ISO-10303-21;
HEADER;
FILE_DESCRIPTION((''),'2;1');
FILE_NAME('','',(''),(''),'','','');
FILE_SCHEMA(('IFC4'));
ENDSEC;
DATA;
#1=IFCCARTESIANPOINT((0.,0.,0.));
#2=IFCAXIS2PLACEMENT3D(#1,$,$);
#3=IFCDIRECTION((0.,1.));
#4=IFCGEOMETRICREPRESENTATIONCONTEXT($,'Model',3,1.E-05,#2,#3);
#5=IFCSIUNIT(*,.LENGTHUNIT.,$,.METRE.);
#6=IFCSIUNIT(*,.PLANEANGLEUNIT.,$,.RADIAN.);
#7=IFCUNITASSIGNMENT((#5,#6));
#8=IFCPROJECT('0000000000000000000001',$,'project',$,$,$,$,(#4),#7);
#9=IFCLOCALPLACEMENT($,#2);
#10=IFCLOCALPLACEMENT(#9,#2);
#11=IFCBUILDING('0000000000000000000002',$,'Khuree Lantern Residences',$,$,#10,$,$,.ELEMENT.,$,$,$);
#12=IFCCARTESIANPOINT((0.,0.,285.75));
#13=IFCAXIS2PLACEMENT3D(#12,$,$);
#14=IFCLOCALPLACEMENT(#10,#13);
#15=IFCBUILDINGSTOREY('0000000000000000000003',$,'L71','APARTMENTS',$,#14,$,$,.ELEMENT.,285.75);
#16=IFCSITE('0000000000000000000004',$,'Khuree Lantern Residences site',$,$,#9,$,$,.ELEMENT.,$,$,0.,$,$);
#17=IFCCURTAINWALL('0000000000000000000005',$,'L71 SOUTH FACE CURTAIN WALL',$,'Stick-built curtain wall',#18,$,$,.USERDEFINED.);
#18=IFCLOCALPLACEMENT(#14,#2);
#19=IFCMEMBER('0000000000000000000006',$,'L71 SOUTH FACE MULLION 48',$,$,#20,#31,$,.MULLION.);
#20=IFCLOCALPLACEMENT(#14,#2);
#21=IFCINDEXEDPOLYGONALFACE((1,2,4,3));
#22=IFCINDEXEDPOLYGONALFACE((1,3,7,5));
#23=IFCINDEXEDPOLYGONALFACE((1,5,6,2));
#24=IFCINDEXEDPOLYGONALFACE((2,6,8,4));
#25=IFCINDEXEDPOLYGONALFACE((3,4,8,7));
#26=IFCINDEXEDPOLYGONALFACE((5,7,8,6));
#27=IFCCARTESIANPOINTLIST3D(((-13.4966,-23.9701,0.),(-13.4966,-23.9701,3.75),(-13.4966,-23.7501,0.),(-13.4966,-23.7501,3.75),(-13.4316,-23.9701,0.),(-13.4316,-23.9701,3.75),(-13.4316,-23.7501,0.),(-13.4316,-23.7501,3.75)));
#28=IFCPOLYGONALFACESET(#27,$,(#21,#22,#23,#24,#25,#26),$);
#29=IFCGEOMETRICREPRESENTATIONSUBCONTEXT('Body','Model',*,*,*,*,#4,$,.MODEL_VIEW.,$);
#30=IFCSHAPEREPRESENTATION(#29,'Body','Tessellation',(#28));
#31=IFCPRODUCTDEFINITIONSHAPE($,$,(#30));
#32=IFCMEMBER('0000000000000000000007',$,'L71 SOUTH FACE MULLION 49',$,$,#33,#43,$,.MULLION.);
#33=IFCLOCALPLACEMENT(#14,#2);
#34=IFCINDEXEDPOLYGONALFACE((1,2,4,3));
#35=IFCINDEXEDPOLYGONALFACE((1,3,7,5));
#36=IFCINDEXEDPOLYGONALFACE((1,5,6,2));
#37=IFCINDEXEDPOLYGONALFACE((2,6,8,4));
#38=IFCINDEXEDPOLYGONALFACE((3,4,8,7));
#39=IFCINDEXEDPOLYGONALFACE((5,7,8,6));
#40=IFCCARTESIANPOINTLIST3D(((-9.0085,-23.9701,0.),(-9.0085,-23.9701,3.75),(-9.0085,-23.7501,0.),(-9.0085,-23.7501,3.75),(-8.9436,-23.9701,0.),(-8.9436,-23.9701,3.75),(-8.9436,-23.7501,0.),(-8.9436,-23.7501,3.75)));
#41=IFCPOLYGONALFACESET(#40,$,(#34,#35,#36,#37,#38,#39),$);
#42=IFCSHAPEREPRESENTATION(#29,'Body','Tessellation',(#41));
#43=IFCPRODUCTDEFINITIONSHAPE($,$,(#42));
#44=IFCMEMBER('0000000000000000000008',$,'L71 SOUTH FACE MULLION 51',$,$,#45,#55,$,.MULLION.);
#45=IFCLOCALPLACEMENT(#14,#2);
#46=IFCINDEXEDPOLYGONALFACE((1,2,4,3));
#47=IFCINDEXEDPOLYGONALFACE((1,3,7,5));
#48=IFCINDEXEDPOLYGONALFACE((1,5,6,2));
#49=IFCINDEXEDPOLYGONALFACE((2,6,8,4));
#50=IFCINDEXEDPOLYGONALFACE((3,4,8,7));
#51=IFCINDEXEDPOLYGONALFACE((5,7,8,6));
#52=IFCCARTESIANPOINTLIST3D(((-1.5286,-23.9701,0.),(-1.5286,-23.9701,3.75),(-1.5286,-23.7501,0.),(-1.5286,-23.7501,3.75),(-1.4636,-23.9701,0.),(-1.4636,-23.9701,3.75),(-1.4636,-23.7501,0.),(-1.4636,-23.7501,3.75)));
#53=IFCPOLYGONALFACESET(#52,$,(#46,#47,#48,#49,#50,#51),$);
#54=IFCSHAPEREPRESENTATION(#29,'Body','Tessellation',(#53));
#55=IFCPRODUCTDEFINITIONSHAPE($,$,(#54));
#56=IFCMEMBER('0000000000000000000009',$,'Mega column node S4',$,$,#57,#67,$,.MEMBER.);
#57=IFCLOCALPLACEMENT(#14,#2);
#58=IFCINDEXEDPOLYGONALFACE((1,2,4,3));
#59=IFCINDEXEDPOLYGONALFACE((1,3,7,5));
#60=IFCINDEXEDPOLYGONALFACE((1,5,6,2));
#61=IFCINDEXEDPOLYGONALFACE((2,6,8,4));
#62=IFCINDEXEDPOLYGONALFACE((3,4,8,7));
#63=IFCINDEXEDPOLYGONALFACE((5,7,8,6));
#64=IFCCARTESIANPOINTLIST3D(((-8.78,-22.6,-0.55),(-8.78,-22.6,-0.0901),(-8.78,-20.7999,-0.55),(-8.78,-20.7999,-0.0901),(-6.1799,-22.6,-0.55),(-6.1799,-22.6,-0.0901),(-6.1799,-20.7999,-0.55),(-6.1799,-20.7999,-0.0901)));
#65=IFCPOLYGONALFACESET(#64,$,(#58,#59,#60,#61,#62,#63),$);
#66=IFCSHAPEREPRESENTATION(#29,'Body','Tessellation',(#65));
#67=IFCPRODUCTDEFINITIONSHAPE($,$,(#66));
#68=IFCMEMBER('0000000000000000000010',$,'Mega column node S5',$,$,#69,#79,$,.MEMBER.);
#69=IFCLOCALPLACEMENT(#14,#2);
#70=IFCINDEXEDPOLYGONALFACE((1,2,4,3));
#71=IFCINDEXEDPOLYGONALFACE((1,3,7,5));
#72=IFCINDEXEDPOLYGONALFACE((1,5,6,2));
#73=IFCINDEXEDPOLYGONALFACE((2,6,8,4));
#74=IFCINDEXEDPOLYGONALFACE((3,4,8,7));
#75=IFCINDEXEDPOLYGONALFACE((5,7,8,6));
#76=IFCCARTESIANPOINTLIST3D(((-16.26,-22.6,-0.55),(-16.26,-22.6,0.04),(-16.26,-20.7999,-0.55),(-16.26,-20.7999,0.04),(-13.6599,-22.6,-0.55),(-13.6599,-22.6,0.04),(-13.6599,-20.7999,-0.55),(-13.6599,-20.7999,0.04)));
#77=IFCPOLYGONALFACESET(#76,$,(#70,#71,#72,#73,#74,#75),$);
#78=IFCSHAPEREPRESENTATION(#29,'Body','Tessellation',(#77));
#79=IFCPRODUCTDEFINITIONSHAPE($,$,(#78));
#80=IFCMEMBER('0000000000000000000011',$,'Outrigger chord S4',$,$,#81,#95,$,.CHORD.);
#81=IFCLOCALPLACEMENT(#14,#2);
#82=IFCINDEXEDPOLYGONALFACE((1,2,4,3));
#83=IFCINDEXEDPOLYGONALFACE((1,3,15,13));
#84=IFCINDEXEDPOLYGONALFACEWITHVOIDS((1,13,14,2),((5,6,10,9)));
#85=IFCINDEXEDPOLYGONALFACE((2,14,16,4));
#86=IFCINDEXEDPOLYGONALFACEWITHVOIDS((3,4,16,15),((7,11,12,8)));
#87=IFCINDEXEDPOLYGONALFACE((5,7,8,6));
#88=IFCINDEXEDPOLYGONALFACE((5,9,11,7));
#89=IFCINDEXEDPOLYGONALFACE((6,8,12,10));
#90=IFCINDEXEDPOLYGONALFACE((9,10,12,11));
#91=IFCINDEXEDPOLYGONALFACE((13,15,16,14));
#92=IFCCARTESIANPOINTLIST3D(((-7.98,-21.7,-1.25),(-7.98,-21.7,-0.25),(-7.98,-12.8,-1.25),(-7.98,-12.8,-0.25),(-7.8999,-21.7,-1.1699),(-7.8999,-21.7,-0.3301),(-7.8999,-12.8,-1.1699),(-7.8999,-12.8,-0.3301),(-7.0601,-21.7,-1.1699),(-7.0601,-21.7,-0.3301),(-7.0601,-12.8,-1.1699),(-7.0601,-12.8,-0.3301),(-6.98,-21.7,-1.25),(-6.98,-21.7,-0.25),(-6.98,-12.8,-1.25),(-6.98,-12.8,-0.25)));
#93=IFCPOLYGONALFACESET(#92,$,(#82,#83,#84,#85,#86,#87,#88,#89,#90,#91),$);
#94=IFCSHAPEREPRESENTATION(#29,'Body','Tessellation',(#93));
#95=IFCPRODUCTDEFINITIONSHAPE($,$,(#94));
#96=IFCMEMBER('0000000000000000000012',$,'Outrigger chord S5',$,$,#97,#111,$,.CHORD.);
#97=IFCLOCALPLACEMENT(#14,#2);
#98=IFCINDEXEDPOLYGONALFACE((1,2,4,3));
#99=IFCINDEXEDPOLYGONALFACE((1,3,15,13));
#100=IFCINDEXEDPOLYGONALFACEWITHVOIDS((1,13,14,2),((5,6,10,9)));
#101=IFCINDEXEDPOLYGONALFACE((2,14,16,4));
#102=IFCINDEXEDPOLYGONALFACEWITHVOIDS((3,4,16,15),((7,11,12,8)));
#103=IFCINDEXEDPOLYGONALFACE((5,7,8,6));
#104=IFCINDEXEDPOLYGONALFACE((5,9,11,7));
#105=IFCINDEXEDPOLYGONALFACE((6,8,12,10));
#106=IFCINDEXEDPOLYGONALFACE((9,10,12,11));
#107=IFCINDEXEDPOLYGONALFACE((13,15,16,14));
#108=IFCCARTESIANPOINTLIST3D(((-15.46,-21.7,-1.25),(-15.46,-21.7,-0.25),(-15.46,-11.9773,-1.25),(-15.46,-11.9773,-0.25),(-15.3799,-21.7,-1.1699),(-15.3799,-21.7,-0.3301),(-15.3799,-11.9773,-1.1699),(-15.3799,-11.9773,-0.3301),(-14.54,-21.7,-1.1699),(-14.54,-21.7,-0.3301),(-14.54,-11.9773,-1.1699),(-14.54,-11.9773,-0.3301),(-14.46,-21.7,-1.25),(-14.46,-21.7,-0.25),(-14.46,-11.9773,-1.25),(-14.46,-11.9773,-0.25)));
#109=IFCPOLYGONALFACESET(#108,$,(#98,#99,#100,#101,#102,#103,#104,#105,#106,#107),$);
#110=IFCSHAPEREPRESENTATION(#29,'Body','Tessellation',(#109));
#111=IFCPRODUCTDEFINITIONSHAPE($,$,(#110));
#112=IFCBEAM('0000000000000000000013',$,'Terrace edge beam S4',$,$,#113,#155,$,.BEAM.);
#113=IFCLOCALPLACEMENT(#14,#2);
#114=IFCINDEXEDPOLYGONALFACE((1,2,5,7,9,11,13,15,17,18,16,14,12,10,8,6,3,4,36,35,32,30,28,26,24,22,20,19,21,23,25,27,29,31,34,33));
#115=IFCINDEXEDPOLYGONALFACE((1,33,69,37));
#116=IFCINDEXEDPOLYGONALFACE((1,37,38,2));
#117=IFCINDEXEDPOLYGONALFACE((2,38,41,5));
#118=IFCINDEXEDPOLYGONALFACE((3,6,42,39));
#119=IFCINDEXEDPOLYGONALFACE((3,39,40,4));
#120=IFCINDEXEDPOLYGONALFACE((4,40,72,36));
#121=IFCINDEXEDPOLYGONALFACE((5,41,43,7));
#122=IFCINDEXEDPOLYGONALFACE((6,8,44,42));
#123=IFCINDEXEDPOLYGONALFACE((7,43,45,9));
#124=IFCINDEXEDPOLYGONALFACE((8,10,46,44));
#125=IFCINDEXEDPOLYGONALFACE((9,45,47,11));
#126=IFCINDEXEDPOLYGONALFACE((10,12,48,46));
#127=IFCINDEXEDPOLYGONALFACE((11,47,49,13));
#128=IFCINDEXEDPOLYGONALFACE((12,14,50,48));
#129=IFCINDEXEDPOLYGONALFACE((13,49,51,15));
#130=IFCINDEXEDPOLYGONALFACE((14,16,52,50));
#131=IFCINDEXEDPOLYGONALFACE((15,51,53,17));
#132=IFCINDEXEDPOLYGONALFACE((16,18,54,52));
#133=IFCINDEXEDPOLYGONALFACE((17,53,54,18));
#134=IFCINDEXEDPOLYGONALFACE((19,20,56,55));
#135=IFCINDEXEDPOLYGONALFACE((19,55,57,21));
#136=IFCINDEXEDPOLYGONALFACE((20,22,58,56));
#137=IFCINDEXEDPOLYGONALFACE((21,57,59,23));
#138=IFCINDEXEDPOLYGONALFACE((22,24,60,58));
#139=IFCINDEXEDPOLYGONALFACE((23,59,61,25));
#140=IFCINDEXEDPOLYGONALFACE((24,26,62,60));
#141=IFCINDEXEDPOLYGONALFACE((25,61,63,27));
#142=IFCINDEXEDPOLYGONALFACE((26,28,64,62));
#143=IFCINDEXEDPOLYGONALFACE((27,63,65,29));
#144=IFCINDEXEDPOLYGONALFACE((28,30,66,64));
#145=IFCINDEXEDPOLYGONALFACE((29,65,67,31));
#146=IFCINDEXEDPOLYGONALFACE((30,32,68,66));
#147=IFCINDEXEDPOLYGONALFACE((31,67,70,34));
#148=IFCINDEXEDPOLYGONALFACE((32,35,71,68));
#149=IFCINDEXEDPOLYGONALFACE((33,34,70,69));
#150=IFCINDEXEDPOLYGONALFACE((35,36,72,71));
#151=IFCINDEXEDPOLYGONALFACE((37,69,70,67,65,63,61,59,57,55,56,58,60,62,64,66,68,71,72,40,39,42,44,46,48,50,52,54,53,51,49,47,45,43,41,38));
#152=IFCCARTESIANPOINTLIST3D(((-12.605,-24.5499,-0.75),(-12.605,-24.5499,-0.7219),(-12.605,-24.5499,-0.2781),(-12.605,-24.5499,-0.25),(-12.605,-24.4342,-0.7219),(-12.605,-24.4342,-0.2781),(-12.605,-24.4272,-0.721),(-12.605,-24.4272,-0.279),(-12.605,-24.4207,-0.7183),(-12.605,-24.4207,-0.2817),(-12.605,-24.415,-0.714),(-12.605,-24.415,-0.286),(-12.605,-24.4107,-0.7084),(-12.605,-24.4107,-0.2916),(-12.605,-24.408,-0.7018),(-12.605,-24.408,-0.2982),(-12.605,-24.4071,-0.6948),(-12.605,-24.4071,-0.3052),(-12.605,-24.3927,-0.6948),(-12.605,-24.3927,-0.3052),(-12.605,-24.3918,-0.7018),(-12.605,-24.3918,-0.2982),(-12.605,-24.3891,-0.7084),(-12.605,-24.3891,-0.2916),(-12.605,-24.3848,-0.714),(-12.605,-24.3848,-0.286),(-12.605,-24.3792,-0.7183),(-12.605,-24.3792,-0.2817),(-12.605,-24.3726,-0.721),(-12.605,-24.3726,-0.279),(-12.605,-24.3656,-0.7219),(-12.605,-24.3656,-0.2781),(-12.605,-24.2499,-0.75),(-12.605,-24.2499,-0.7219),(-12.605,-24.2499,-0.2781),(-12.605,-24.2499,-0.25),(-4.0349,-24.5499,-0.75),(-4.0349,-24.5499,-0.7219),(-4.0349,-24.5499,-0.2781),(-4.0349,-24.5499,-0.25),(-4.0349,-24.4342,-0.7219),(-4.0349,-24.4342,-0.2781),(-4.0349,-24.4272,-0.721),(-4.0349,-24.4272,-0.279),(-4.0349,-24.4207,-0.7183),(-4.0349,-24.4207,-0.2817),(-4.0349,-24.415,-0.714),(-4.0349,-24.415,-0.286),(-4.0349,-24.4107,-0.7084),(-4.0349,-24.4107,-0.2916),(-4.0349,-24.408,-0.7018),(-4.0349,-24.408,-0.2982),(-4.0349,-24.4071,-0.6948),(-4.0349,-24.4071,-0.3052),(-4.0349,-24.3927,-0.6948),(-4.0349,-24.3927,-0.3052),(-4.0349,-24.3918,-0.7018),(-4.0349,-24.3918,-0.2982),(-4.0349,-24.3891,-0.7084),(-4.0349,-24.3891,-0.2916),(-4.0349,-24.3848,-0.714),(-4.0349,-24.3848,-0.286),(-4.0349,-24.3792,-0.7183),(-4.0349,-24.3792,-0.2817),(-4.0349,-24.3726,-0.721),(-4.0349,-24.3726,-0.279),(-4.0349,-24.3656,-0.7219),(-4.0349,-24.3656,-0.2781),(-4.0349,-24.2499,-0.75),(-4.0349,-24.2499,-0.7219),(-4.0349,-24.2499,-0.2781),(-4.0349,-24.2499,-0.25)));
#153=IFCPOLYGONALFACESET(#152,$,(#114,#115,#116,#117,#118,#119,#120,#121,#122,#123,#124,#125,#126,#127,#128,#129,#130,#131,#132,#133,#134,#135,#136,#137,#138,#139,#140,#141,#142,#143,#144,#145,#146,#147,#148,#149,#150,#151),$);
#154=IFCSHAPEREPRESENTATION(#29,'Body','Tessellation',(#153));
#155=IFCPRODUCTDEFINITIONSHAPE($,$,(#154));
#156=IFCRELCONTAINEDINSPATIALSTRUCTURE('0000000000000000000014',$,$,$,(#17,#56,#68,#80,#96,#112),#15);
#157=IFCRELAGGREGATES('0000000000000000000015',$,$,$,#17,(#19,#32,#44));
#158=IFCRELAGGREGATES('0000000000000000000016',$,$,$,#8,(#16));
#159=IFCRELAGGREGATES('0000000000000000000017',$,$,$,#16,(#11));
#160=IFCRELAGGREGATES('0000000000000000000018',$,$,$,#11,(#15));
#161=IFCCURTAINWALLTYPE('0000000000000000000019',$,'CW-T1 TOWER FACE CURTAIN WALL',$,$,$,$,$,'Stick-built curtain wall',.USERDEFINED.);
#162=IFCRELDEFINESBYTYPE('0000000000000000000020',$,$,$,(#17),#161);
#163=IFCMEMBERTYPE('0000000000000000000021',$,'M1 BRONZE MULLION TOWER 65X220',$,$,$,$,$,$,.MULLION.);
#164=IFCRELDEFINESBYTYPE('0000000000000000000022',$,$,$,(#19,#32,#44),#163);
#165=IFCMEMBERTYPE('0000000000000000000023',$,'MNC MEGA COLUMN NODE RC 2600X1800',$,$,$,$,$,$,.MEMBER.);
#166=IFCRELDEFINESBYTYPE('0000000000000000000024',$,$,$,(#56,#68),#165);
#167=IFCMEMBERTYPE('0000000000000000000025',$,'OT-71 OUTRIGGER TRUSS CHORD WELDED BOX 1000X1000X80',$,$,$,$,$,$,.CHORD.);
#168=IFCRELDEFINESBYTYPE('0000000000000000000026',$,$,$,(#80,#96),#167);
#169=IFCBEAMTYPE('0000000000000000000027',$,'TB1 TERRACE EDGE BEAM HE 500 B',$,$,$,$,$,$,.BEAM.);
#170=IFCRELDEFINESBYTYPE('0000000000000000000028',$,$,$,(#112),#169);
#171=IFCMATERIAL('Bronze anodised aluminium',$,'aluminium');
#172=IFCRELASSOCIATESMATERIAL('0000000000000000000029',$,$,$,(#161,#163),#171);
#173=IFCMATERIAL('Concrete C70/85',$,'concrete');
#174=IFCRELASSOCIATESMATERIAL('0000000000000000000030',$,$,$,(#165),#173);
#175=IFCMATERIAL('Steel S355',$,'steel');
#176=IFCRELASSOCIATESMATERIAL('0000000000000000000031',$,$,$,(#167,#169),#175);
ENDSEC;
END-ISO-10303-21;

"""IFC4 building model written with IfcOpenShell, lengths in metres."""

from ifc_helpers import new_model, si_unit, direction, frame, origin, origin_2d, place, context, subcontext, project, spatial, rectangle, hollow_rectangle, i_section, extrude, material, material_profile, profile_set, type_object, element, aggregate, save


model = new_model("IFC4")

# Units and contexts
model_context = context("Model", 3, precision=1e-05, world=origin(), true_north=direction((0.0, 1.0)))
body_context = subcontext(model_context, "Body", "Model", "MODEL_VIEW")
ifc_project = project(units=[si_unit("LENGTHUNIT", "METRE"), si_unit("PLANEANGLEUNIT", "RADIAN")], contexts=[model_context])

# Site, building, storey
site_placement = place(None, origin())
site = spatial("IfcSite", under=ifc_project, at=site_placement, Name="Khuree Lantern Residences site", CompositionType="ELEMENT", RefElevation=0.0)
building_placement = place(site_placement, origin())
building = spatial("IfcBuilding", under=site, at=building_placement, Name="Khuree Lantern Residences", CompositionType="ELEMENT")
storey_placement = place(building_placement, frame((0.0, 0.0, 285.75)))
storey = spatial("IfcBuildingStorey", under=building, at=storey_placement, Name="L71", Description="APARTMENTS", CompositionType="ELEMENT", Elevation=285.75)

# Shared definitions
ifc_material_1 = material(Name="Concrete C70/85", Category="concrete")

# Shared definitions
ifc_material_2 = material(Name="Steel S355", Category="steel")

# Curtain wall, members
ifc_material_3 = material(Name="Bronze anodised aluminium", Category="aluminium")
curtain_wall_type = type_object("IfcCurtainWallType", Name="CW-T1 TOWER FACE CURTAIN WALL", ElementType="Stick-built curtain wall", PredefinedType="USERDEFINED", material=ifc_material_3)
curtain_wall_placement = place(storey_placement, origin())
curtain_wall = element("IfcCurtainWall", 1, at=curtain_wall_placement, inside=storey, type_object=curtain_wall_type, Name="L71 SOUTH FACE CURTAIN WALL", ObjectType="Stick-built curtain wall", PredefinedType="USERDEFINED")
ifc_material_profile_1 = material_profile(ifc_material_3, rectangle(XDim=0.0649, YDim=0.22, at=origin_2d()), Name="M1 65X220")
ifc_profile_set_1 = profile_set([ifc_material_profile_1], Name="Bronze anodised aluminium")
member_type_1 = type_object("IfcMemberType", Name="M1 BRONZE MULLION TOWER 65X220", PredefinedType="MULLION", material=ifc_profile_set_1)
member_1_placement = place(storey_placement, frame((-13.4641, -23.8601, 0.0), z_axis=(0.0, 0.0, 1.0), x_axis=(1.0, 0.0, 0.0)))
member_1 = element("IfcMember", 2, at=member_1_placement, type_object=member_type_1, Name="L71 SOUTH FACE MULLION 48", PredefinedType="MULLION", context=body_context, shape_type="SweptSolid", body=[
    extrude(rectangle(XDim=0.0649, YDim=0.22, at=origin_2d()), origin(), (0.0, 0.0, 1.0), 3.75),
])
member_2_placement = place(storey_placement, frame((-8.9761, -23.8601, 0.0), z_axis=(0.0, 0.0, 1.0), x_axis=(1.0, 0.0, 0.0)))
member_2 = element("IfcMember", 3, at=member_2_placement, type_object=member_type_1, Name="L71 SOUTH FACE MULLION 49", PredefinedType="MULLION", context=body_context, shape_type="SweptSolid", body=[
    extrude(rectangle(XDim=0.0649, YDim=0.22, at=origin_2d()), origin(), (0.0, 0.0, 1.0), 3.75),
])
member_3_placement = place(storey_placement, frame((-1.4961, -23.8601, 0.0), z_axis=(0.0, 0.0, 1.0), x_axis=(1.0, 0.0, 0.0)))
member_3 = element("IfcMember", 4, at=member_3_placement, type_object=member_type_1, Name="L71 SOUTH FACE MULLION 51", PredefinedType="MULLION", context=body_context, shape_type="SweptSolid", body=[
    extrude(rectangle(XDim=0.0649, YDim=0.22, at=origin_2d()), origin(), (0.0, 0.0, 1.0), 3.75),
])

# Members
ifc_material_profile_2 = material_profile(ifc_material_1, rectangle(XDim=2.6001, YDim=1.8, at=origin_2d()), Name="RC 2600X1800")
ifc_profile_set_2 = profile_set([ifc_material_profile_2], Name="Concrete C70/85")
member_type_2 = type_object("IfcMemberType", Name="MNC MEGA COLUMN NODE RC 2600X1800", PredefinedType="MEMBER", material=ifc_profile_set_2)
member_4_placement = place(storey_placement, frame((-7.48, -21.7, -0.55), z_axis=(0.0, 0.0, 1.0), x_axis=(1.0, 0.0, 0.0)))
element("IfcMember", 5, at=member_4_placement, inside=storey, type_object=member_type_2, Name="Mega column node S4", PredefinedType="MEMBER", context=body_context, shape_type="SweptSolid", body=[
    extrude(rectangle(XDim=2.6001, YDim=1.8, at=origin_2d()), origin(), (0.0, 0.0, 1.0), 0.46),
])
member_5_placement = place(storey_placement, frame((-14.96, -21.7, -0.55), z_axis=(0.0, 0.0, 1.0), x_axis=(1.0, 0.0, 0.0)))
element("IfcMember", 6, at=member_5_placement, inside=storey, type_object=member_type_2, Name="Mega column node S5", PredefinedType="MEMBER", context=body_context, shape_type="SweptSolid", body=[
    extrude(rectangle(XDim=2.6001, YDim=1.8, at=origin_2d()), origin(), (0.0, 0.0, 1.0), 0.5901),
])
ifc_material_profile_3 = material_profile(ifc_material_2, hollow_rectangle(XDim=1.0, YDim=1.0, WallThickness=0.0801, at=origin_2d()), Name="WELDED BOX 1000X1000X80")
ifc_profile_set_3 = profile_set([ifc_material_profile_3], Name="Steel S355")
member_type_3 = type_object("IfcMemberType", Name="OT-71 OUTRIGGER TRUSS CHORD WELDED BOX 1000X1000X80", PredefinedType="CHORD", material=ifc_profile_set_3)
member_6_placement = place(storey_placement, frame((-7.48, -21.7, -0.75), z_axis=(0.0, 1.0, 0.0), x_axis=(-1.0, 0.0, 0.0)))
element("IfcMember", 7, at=member_6_placement, inside=storey, type_object=member_type_3, Name="Outrigger chord S4", PredefinedType="CHORD", context=body_context, shape_type="SweptSolid", body=[
    extrude(hollow_rectangle(XDim=1.0, YDim=1.0, WallThickness=0.0801, at=origin_2d()), origin(), (0.0, 0.0, 1.0), 8.8999),
])
member_7_placement = place(storey_placement, frame((-14.96, -21.7, -0.75), z_axis=(0.0, 1.0, 0.0), x_axis=(-1.0, 0.0, 0.0)))
element("IfcMember", 8, at=member_7_placement, inside=storey, type_object=member_type_3, Name="Outrigger chord S5", PredefinedType="CHORD", context=body_context, shape_type="SweptSolid", body=[
    extrude(hollow_rectangle(XDim=1.0, YDim=1.0, WallThickness=0.0801, at=origin_2d()), origin(), (0.0, 0.0, 1.0), 9.7227),
])

# Beam
ifc_material_profile_4 = material_profile(ifc_material_2, i_section(OverallWidth=0.3, OverallDepth=0.5, WebThickness=0.0144, FlangeThickness=0.0281, FilletRadius=0.0271, at=origin_2d()), Name="HE 500 B")
ifc_profile_set_4 = profile_set([ifc_material_profile_4], Name="Steel S355")
beam_type_1 = type_object("IfcBeamType", Name="TB1 TERRACE EDGE BEAM HE 500 B", PredefinedType="BEAM", material=ifc_profile_set_4)
beam_1_placement = place(storey_placement, frame((-4.0349, -24.3999, -0.5), z_axis=(-1.0, 0.0, 0.0), x_axis=(0.0, -1.0, 0.0)))
element("IfcBeam", 9, at=beam_1_placement, inside=storey, type_object=beam_type_1, Name="Terrace edge beam S4", PredefinedType="BEAM", context=body_context, shape_type="SweptSolid", body=[
    extrude(i_section(OverallWidth=0.3, OverallDepth=0.5, WebThickness=0.0144, FlangeThickness=0.0281, FilletRadius=0.0271, at=origin_2d()), origin(), (0.0, 0.0, 1.0), 8.5701),
])

aggregate(curtain_wall, [member_1, member_2, member_3])

save(model, "model.ifc")
